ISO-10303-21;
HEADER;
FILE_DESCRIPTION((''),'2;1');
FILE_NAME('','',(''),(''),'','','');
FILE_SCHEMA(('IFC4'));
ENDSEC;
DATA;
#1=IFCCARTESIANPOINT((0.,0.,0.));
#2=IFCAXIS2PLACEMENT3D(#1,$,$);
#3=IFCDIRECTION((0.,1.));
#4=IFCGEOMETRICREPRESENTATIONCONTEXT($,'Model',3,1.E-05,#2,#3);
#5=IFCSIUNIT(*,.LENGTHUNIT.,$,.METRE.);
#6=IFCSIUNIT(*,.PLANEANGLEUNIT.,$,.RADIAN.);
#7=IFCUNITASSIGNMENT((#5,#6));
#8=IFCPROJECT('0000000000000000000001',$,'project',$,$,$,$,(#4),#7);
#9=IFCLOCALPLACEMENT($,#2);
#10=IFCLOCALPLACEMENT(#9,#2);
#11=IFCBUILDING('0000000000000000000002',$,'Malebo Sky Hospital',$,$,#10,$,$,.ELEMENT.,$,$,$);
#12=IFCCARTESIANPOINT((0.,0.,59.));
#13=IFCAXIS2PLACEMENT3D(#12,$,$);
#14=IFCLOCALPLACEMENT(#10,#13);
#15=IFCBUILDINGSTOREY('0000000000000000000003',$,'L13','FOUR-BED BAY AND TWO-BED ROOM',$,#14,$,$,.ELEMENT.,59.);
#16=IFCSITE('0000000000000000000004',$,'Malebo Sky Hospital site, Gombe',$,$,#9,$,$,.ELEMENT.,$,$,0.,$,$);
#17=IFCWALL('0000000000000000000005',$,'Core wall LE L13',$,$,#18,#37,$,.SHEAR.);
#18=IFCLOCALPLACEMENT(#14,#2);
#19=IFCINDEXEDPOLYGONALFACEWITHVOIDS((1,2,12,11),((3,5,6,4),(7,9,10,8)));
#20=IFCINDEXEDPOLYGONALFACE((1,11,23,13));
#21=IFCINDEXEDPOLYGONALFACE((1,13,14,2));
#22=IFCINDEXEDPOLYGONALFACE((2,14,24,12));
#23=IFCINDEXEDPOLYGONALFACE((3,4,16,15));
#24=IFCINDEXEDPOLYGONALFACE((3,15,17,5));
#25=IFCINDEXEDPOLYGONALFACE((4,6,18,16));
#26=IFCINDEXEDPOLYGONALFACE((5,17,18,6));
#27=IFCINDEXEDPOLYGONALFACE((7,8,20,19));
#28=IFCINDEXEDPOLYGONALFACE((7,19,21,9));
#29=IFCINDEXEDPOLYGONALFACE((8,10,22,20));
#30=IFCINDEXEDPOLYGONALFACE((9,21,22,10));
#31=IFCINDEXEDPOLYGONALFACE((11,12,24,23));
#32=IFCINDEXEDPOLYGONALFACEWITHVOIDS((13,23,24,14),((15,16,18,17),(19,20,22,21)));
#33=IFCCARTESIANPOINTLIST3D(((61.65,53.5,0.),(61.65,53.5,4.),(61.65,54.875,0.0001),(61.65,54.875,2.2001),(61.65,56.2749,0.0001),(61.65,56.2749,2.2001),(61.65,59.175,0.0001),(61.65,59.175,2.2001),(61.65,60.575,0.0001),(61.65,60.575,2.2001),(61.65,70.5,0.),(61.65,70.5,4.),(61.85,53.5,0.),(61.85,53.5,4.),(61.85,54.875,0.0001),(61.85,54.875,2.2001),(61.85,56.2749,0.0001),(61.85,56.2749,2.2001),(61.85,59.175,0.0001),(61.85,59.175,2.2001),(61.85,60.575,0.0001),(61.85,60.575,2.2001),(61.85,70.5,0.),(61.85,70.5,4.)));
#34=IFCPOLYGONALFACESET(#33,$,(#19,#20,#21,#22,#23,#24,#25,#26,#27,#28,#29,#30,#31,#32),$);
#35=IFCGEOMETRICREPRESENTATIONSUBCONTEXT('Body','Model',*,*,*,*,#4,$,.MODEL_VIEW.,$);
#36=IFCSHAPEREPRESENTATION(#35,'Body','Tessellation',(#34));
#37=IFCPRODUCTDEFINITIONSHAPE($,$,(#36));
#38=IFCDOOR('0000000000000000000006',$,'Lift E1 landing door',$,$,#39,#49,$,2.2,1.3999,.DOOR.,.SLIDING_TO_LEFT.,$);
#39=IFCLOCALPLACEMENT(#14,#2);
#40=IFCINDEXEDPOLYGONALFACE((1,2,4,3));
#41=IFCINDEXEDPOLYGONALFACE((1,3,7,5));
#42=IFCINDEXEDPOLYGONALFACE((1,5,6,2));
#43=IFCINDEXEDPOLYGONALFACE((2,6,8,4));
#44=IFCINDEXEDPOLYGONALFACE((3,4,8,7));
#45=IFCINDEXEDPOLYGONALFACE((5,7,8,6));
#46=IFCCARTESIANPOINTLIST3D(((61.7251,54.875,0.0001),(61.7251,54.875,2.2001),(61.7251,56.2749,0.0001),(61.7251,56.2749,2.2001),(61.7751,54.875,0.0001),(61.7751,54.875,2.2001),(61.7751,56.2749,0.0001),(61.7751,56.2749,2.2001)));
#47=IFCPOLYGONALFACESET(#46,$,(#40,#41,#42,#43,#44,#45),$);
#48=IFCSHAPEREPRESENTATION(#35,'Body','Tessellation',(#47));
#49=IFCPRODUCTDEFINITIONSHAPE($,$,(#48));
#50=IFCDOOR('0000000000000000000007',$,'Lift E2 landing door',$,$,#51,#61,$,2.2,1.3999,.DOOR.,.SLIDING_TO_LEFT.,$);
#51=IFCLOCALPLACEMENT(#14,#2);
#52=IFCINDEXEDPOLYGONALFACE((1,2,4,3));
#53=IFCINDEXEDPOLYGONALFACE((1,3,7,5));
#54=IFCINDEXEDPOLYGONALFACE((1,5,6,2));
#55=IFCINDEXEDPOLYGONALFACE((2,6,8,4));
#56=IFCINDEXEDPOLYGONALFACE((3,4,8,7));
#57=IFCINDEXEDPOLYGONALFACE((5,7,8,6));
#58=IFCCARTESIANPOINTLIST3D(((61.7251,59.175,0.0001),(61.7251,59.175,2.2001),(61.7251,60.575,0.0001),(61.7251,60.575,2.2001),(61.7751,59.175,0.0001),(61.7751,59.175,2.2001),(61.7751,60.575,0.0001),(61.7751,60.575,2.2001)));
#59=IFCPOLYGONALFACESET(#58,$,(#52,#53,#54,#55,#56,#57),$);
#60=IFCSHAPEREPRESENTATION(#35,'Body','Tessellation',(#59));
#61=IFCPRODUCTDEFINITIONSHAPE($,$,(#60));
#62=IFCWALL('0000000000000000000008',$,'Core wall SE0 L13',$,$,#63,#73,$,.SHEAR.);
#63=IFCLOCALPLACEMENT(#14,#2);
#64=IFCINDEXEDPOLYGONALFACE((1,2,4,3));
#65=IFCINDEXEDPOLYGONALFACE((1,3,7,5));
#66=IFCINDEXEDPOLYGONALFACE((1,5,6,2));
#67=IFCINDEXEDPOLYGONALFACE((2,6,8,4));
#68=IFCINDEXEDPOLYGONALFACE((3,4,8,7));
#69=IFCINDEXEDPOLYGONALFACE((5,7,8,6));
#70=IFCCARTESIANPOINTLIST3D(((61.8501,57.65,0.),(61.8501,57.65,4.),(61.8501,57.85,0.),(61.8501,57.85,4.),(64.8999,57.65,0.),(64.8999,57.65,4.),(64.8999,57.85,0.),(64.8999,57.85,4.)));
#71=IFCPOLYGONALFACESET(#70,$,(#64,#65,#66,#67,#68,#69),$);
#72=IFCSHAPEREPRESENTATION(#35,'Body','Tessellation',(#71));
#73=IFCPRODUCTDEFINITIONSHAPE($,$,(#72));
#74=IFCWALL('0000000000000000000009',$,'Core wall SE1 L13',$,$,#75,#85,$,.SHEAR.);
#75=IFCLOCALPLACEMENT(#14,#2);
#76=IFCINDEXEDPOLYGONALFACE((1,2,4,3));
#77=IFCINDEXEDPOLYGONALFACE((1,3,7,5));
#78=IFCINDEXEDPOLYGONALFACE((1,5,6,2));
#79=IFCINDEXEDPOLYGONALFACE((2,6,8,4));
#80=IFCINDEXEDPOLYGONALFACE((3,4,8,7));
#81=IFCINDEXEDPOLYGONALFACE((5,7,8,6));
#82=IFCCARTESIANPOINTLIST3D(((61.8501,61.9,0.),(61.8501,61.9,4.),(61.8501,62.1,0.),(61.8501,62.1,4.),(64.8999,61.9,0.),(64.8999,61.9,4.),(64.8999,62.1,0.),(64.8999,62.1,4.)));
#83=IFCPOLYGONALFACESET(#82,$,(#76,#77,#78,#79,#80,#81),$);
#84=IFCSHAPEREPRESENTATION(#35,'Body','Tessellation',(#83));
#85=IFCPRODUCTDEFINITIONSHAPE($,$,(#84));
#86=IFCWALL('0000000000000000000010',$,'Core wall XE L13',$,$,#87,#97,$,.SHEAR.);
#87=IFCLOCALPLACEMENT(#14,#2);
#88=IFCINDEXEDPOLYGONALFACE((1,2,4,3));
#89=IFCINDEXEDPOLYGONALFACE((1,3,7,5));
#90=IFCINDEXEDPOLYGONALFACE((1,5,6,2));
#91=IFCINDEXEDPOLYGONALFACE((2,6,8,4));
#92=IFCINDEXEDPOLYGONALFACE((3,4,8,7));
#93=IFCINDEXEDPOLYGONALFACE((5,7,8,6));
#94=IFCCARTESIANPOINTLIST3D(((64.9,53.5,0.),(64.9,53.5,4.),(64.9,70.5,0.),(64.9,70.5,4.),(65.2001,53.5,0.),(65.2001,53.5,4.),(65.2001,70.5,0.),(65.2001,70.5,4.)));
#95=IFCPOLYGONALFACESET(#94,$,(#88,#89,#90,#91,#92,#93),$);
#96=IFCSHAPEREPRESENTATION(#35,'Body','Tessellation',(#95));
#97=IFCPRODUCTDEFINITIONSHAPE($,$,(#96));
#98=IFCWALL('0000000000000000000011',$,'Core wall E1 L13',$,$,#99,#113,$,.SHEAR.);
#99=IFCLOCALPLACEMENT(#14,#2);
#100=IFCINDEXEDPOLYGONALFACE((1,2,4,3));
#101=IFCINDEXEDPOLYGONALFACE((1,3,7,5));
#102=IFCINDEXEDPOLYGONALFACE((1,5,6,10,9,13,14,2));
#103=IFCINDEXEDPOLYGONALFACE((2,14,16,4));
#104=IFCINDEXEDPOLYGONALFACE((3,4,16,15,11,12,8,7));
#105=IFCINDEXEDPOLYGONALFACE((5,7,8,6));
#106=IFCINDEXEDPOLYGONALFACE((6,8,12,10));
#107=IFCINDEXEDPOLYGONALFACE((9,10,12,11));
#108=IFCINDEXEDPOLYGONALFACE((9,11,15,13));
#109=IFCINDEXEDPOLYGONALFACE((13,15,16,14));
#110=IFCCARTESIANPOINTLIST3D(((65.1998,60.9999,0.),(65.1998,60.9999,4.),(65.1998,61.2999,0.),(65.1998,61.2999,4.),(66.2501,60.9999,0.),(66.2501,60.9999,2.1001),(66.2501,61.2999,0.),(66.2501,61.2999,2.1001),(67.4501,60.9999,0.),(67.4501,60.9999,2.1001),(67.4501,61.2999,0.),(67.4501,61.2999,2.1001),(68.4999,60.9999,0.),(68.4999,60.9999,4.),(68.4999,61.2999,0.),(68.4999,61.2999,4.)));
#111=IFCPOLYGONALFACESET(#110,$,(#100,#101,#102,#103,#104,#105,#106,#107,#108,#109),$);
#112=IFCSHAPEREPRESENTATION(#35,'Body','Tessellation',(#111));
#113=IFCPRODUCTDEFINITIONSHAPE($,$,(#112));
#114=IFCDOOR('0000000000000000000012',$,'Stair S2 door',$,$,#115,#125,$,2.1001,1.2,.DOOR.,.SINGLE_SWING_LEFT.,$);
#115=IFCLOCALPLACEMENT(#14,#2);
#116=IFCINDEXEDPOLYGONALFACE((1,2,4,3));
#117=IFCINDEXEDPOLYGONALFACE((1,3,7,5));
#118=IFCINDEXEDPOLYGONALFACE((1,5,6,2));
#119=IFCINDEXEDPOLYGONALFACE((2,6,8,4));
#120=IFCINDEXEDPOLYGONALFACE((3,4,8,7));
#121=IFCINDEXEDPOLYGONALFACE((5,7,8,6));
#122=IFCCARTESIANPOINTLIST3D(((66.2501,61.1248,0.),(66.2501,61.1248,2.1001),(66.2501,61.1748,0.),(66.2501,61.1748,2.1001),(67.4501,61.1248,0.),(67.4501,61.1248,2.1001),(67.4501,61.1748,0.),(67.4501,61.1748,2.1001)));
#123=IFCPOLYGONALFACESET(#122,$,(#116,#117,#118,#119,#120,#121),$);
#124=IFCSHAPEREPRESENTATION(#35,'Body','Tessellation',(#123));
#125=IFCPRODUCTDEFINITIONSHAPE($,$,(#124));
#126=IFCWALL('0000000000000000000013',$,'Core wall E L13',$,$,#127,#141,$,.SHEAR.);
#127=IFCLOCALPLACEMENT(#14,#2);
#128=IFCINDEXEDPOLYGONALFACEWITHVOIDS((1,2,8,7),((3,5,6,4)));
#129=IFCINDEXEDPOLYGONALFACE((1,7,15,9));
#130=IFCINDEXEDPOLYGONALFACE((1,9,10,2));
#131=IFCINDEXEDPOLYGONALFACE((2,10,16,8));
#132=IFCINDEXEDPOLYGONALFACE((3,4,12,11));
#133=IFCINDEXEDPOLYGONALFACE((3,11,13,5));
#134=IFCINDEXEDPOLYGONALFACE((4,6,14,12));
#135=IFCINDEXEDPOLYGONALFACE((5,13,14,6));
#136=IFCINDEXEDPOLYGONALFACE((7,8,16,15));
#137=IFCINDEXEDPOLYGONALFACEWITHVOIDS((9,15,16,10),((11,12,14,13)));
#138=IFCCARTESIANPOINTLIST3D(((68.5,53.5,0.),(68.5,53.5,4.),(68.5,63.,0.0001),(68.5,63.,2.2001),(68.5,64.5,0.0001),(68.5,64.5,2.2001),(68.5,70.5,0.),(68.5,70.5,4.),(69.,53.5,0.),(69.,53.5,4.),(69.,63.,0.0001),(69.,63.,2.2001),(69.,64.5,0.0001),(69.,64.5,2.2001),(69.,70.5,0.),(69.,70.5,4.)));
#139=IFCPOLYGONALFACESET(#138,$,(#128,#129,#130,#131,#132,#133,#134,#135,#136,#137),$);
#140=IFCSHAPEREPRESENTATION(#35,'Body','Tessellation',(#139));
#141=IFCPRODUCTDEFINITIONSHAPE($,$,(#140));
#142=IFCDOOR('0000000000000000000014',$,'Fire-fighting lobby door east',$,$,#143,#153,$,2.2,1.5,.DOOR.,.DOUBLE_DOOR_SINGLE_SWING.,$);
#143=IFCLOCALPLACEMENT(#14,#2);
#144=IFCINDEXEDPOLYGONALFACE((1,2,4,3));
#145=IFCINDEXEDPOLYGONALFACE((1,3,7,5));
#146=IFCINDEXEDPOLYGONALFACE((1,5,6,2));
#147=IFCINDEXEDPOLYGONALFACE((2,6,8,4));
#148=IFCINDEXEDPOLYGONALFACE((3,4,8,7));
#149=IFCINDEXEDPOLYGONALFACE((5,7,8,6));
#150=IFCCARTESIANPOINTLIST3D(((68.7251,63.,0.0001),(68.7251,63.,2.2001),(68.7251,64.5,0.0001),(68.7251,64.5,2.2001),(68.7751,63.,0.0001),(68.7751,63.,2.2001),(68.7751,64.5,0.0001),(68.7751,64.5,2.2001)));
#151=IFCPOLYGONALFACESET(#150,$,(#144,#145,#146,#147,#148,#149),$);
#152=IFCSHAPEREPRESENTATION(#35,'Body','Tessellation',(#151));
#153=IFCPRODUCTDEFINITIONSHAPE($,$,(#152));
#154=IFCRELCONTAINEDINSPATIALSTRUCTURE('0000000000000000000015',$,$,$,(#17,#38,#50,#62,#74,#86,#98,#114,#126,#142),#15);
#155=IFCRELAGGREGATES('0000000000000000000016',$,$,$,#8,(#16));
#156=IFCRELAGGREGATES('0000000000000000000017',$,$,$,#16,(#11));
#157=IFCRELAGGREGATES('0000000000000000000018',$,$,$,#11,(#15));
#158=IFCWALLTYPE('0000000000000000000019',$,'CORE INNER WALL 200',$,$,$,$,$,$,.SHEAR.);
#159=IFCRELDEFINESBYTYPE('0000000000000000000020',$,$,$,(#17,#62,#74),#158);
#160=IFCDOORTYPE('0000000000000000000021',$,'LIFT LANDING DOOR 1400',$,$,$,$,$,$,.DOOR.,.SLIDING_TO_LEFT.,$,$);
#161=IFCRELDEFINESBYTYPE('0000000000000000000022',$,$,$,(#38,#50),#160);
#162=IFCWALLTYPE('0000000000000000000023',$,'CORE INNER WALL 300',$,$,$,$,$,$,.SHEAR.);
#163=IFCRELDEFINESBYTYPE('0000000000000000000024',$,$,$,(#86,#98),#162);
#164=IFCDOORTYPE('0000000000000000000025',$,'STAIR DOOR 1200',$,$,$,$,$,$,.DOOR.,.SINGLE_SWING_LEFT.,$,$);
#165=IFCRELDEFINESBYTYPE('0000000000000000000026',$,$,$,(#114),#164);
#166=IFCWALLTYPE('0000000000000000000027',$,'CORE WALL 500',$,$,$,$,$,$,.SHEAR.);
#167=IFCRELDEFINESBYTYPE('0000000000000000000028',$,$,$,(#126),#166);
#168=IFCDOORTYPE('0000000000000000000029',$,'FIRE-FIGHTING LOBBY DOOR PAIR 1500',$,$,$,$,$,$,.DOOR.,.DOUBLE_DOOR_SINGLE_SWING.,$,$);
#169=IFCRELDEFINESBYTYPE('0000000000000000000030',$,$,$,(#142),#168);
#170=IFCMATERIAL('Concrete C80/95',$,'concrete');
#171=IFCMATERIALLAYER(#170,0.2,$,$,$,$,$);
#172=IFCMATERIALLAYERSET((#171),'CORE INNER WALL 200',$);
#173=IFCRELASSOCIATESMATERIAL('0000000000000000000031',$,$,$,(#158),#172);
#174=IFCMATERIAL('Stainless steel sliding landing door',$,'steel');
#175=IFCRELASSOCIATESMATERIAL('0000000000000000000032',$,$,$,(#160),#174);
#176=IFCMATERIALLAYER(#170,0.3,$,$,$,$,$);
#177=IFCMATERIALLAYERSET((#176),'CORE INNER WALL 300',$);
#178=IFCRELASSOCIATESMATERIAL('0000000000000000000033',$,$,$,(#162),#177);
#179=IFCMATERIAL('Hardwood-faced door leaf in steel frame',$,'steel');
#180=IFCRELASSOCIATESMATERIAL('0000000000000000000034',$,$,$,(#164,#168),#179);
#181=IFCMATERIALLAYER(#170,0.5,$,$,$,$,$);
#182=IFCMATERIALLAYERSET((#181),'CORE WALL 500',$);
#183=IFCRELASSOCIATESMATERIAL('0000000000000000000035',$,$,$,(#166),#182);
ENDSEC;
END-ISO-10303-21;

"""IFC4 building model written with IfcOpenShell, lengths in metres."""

from ifc_helpers import new_model, si_unit, direction, frame, frame_2d, origin, place, context, subcontext, project, spatial, rectangle, extrude, material, layer, layer_set, type_object, element, fill, save


model = new_model("IFC4")

# Units and contexts
model_context = context("Model", 3, precision=1e-05, world=origin(), true_north=direction((0.0, 1.0)))
body_context = subcontext(model_context, "Body", "Model", "MODEL_VIEW")
ifc_project = project(units=[si_unit("LENGTHUNIT", "METRE"), si_unit("PLANEANGLEUNIT", "RADIAN")], contexts=[model_context])

# Site, building, storey
site_placement = place(None, origin())
site = spatial("IfcSite", under=ifc_project, at=site_placement, Name="Malebo Sky Hospital site, Gombe", CompositionType="ELEMENT", RefElevation=0.0)
building_placement = place(site_placement, origin())
building = spatial("IfcBuilding", under=site, at=building_placement, Name="Malebo Sky Hospital", CompositionType="ELEMENT")
storey_placement = place(building_placement, frame((0.0, 0.0, 59.0)))
storey = spatial("IfcBuildingStorey", under=building, at=storey_placement, Name="L13", Description="FOUR-BED BAY AND TWO-BED ROOM", CompositionType="ELEMENT", Elevation=59.0)

# Wall, openings, doors
ifc_material_1 = material(Name="Concrete C80/95", Category="concrete")
ifc_layer_1 = layer(ifc_material_1, 0.2)
ifc_layer_set_1 = layer_set([ifc_layer_1], Name="CORE INNER WALL 200")
wall_type_1 = type_object("IfcWallType", Name="CORE INNER WALL 200", PredefinedType="SHEAR", material=ifc_layer_set_1)
ifc_material_2 = material(Name="Stainless steel sliding landing door", Category="steel")
door_type_1 = type_object("IfcDoorType", Name="LIFT LANDING DOOR 1400", OperationType="SLIDING_TO_LEFT", PredefinedType="DOOR", material=ifc_material_2)
wall_1_placement = place(storey_placement, frame((61.75, 53.5, 0.0), z_axis=(0.0, 0.0, 1.0), x_axis=(0.0, 1.0, 0.0)))
wall_1 = element("IfcWall", 1, at=wall_1_placement, inside=storey, type_object=wall_type_1, Name="Core wall LE L13", PredefinedType="SHEAR", context=body_context, shape_type="SweptSolid", body=[
    extrude(rectangle(XDim=17.0, YDim=0.2, at=frame_2d((8.5, 0.0))), origin(), (0.0, 0.0, 1.0), 4.0),
])
opening_1_placement = place(wall_1_placement, frame((1.375, 0.0, 0.0)))
opening_1 = element("IfcOpeningElement", 2, at=opening_1_placement, cuts=wall_1, PredefinedType="OPENING", context=body_context, shape_type="SweptSolid", body=[
    extrude(rectangle(XDim=1.3999, YDim=2.2, at=frame_2d((0.7, 1.1001))), frame((0.0, 0.1099, 0.0), z_axis=(0.0, -1.0, 0.0), x_axis=(1.0, 0.0, 0.0)), (0.0, 0.0, 1.0), 0.22),
])
opening_2_placement = place(wall_1_placement, frame((5.675, 0.0, 0.0)))
opening_2 = element("IfcOpeningElement", 3, at=opening_2_placement, cuts=wall_1, PredefinedType="OPENING", context=body_context, shape_type="SweptSolid", body=[
    extrude(rectangle(XDim=1.3999, YDim=2.2, at=frame_2d((0.7, 1.1001))), frame((0.0, 0.1099, 0.0), z_axis=(0.0, -1.0, 0.0), x_axis=(1.0, 0.0, 0.0)), (0.0, 0.0, 1.0), 0.22),
])
door_1_placement = place(opening_1_placement, origin())
door_1 = element("IfcDoor", 4, at=door_1_placement, inside=storey, type_object=door_type_1, Name="Lift E1 landing door", OperationType="SLIDING_TO_LEFT", OverallHeight=2.2, OverallWidth=1.3999, PredefinedType="DOOR", context=body_context, shape_type="SweptSolid", body=[
    extrude(rectangle(XDim=1.3999, YDim=2.2, at=frame_2d((0.7, 1.1001))), frame((0.0, 0.0249, 0.0), z_axis=(0.0, -1.0, 0.0), x_axis=(1.0, 0.0, 0.0)), (0.0, 0.0, 1.0), 0.05),
])
fill(opening_1, door_1)
door_2_placement = place(opening_2_placement, origin())
door_2 = element("IfcDoor", 5, at=door_2_placement, inside=storey, type_object=door_type_1, Name="Lift E2 landing door", OperationType="SLIDING_TO_LEFT", OverallHeight=2.2, OverallWidth=1.3999, PredefinedType="DOOR", context=body_context, shape_type="SweptSolid", body=[
    extrude(rectangle(XDim=1.3999, YDim=2.2, at=frame_2d((0.7, 1.1001))), frame((0.0, 0.0249, 0.0), z_axis=(0.0, -1.0, 0.0), x_axis=(1.0, 0.0, 0.0)), (0.0, 0.0, 1.0), 0.05),
])
fill(opening_2, door_2)

# Walls
for number, where, z_axis, x_axis, name in (
    (6, (61.8501, 57.75, 0.0), (0.0, 0.0, 1.0), (1.0, 0.0, 0.0), "Core wall SE0 L13"),
    (7, (61.8501, 62.0, 0.0), (0.0, 0.0, 1.0), (1.0, 0.0, 0.0), "Core wall SE1 L13"),
):
    element("IfcWall", number, at=place(storey_placement, frame(where, z_axis=z_axis, x_axis=x_axis)), inside=storey, type_object=wall_type_1, Name=name, PredefinedType="SHEAR", context=body_context, shape_type="SweptSolid", body=[
        extrude(rectangle(XDim=3.0498, YDim=0.2, at=frame_2d((1.5249, 0.0))), origin(), (0.0, 0.0, 1.0), 4.0),
    ])
ifc_layer_2 = layer(ifc_material_1, 0.3)
ifc_layer_set_2 = layer_set([ifc_layer_2], Name="CORE INNER WALL 300")
wall_type_2 = type_object("IfcWallType", Name="CORE INNER WALL 300", PredefinedType="SHEAR", material=ifc_layer_set_2)
wall_2_placement = place(storey_placement, frame((65.05, 53.5, 0.0), z_axis=(0.0, 0.0, 1.0), x_axis=(0.0, 1.0, 0.0)))
element("IfcWall", 8, at=wall_2_placement, inside=storey, type_object=wall_type_2, Name="Core wall XE L13", PredefinedType="SHEAR", context=body_context, shape_type="SweptSolid", body=[
    extrude(rectangle(XDim=17.0, YDim=0.3, at=frame_2d((8.5, 0.0))), origin(), (0.0, 0.0, 1.0), 4.0),
])

# Walls, openings, doors
wall_3_placement = place(storey_placement, frame((65.2, 61.1499, 0.0), z_axis=(0.0, 0.0, 1.0), x_axis=(1.0, 0.0, 0.0)))
wall_3 = element("IfcWall", 9, at=wall_3_placement, inside=storey, type_object=wall_type_2, Name="Core wall E1 L13", PredefinedType="SHEAR", context=body_context, shape_type="SweptSolid", body=[
    extrude(rectangle(XDim=3.3, YDim=0.3, at=frame_2d((1.6499, 0.0))), origin(), (0.0, 0.0, 1.0), 4.0),
])
opening_3_placement = place(wall_3_placement, frame((1.05, 0.0, 0.0)))
opening_3 = element("IfcOpeningElement", 10, at=opening_3_placement, cuts=wall_3, PredefinedType="OPENING", context=body_context, shape_type="SweptSolid", body=[
    extrude(rectangle(XDim=1.2, YDim=2.1001, at=frame_2d((0.6001, 1.05))), frame((0.0, 0.1599, 0.0), z_axis=(0.0, -1.0, 0.0), x_axis=(1.0, 0.0, 0.0)), (0.0, 0.0, 1.0), 0.3201),
])
ifc_material_3 = material(Name="Hardwood-faced door leaf in steel frame", Category="steel")
door_type_2 = type_object("IfcDoorType", Name="STAIR DOOR 1200", OperationType="SINGLE_SWING_LEFT", PredefinedType="DOOR", material=ifc_material_3)
door_3_placement = place(opening_3_placement, origin())
door_3 = element("IfcDoor", 11, at=door_3_placement, inside=storey, type_object=door_type_2, Name="Stair S2 door", OperationType="SINGLE_SWING_LEFT", OverallHeight=2.1001, OverallWidth=1.2, PredefinedType="DOOR", context=body_context, shape_type="SweptSolid", body=[
    extrude(rectangle(XDim=1.2, YDim=2.1001, at=frame_2d((0.6001, 1.05))), frame((0.0, 0.0249, 0.0), z_axis=(0.0, -1.0, 0.0), x_axis=(1.0, 0.0, 0.0)), (0.0, 0.0, 1.0), 0.05),
])
fill(opening_3, door_3)
ifc_layer_3 = layer(ifc_material_1, 0.5)
ifc_layer_set_3 = layer_set([ifc_layer_3], Name="CORE WALL 500")
wall_type_3 = type_object("IfcWallType", Name="CORE WALL 500", PredefinedType="SHEAR", material=ifc_layer_set_3)
wall_4_placement = place(storey_placement, frame((68.75, 53.5, 0.0), z_axis=(0.0, 0.0, 1.0), x_axis=(0.0, 1.0, 0.0)))
wall_4 = element("IfcWall", 12, at=wall_4_placement, inside=storey, type_object=wall_type_3, Name="Core wall E L13", PredefinedType="SHEAR", context=body_context, shape_type="SweptSolid", body=[
    extrude(rectangle(XDim=17.0, YDim=0.5, at=frame_2d((8.5, 0.0))), origin(), (0.0, 0.0, 1.0), 4.0),
])
opening_4_placement = place(wall_4_placement, frame((9.5, 0.0, 0.0)))
opening_4 = element("IfcOpeningElement", 13, at=opening_4_placement, cuts=wall_4, PredefinedType="OPENING", context=body_context, shape_type="SweptSolid", body=[
    extrude(rectangle(XDim=1.5, YDim=2.2, at=frame_2d((0.75, 1.1001))), frame((0.0, 0.26, 0.0), z_axis=(0.0, -1.0, 0.0), x_axis=(1.0, 0.0, 0.0)), (0.0, 0.0, 1.0), 0.52),
])
door_type_3 = type_object("IfcDoorType", Name="FIRE-FIGHTING LOBBY DOOR PAIR 1500", OperationType="DOUBLE_DOOR_SINGLE_SWING", PredefinedType="DOOR", material=ifc_material_3)
door_4_placement = place(opening_4_placement, origin())
door_4 = element("IfcDoor", 14, at=door_4_placement, inside=storey, type_object=door_type_3, Name="Fire-fighting lobby door east", OperationType="DOUBLE_DOOR_SINGLE_SWING", OverallHeight=2.2, OverallWidth=1.5, PredefinedType="DOOR", context=body_context, shape_type="SweptSolid", body=[
    extrude(rectangle(XDim=1.5, YDim=2.2, at=frame_2d((0.75, 1.1001))), frame((0.0, 0.0249, 0.0), z_axis=(0.0, -1.0, 0.0), x_axis=(1.0, 0.0, 0.0)), (0.0, 0.0, 1.0), 0.05),
])
fill(opening_4, door_4)

save(model, "model.ifc")
